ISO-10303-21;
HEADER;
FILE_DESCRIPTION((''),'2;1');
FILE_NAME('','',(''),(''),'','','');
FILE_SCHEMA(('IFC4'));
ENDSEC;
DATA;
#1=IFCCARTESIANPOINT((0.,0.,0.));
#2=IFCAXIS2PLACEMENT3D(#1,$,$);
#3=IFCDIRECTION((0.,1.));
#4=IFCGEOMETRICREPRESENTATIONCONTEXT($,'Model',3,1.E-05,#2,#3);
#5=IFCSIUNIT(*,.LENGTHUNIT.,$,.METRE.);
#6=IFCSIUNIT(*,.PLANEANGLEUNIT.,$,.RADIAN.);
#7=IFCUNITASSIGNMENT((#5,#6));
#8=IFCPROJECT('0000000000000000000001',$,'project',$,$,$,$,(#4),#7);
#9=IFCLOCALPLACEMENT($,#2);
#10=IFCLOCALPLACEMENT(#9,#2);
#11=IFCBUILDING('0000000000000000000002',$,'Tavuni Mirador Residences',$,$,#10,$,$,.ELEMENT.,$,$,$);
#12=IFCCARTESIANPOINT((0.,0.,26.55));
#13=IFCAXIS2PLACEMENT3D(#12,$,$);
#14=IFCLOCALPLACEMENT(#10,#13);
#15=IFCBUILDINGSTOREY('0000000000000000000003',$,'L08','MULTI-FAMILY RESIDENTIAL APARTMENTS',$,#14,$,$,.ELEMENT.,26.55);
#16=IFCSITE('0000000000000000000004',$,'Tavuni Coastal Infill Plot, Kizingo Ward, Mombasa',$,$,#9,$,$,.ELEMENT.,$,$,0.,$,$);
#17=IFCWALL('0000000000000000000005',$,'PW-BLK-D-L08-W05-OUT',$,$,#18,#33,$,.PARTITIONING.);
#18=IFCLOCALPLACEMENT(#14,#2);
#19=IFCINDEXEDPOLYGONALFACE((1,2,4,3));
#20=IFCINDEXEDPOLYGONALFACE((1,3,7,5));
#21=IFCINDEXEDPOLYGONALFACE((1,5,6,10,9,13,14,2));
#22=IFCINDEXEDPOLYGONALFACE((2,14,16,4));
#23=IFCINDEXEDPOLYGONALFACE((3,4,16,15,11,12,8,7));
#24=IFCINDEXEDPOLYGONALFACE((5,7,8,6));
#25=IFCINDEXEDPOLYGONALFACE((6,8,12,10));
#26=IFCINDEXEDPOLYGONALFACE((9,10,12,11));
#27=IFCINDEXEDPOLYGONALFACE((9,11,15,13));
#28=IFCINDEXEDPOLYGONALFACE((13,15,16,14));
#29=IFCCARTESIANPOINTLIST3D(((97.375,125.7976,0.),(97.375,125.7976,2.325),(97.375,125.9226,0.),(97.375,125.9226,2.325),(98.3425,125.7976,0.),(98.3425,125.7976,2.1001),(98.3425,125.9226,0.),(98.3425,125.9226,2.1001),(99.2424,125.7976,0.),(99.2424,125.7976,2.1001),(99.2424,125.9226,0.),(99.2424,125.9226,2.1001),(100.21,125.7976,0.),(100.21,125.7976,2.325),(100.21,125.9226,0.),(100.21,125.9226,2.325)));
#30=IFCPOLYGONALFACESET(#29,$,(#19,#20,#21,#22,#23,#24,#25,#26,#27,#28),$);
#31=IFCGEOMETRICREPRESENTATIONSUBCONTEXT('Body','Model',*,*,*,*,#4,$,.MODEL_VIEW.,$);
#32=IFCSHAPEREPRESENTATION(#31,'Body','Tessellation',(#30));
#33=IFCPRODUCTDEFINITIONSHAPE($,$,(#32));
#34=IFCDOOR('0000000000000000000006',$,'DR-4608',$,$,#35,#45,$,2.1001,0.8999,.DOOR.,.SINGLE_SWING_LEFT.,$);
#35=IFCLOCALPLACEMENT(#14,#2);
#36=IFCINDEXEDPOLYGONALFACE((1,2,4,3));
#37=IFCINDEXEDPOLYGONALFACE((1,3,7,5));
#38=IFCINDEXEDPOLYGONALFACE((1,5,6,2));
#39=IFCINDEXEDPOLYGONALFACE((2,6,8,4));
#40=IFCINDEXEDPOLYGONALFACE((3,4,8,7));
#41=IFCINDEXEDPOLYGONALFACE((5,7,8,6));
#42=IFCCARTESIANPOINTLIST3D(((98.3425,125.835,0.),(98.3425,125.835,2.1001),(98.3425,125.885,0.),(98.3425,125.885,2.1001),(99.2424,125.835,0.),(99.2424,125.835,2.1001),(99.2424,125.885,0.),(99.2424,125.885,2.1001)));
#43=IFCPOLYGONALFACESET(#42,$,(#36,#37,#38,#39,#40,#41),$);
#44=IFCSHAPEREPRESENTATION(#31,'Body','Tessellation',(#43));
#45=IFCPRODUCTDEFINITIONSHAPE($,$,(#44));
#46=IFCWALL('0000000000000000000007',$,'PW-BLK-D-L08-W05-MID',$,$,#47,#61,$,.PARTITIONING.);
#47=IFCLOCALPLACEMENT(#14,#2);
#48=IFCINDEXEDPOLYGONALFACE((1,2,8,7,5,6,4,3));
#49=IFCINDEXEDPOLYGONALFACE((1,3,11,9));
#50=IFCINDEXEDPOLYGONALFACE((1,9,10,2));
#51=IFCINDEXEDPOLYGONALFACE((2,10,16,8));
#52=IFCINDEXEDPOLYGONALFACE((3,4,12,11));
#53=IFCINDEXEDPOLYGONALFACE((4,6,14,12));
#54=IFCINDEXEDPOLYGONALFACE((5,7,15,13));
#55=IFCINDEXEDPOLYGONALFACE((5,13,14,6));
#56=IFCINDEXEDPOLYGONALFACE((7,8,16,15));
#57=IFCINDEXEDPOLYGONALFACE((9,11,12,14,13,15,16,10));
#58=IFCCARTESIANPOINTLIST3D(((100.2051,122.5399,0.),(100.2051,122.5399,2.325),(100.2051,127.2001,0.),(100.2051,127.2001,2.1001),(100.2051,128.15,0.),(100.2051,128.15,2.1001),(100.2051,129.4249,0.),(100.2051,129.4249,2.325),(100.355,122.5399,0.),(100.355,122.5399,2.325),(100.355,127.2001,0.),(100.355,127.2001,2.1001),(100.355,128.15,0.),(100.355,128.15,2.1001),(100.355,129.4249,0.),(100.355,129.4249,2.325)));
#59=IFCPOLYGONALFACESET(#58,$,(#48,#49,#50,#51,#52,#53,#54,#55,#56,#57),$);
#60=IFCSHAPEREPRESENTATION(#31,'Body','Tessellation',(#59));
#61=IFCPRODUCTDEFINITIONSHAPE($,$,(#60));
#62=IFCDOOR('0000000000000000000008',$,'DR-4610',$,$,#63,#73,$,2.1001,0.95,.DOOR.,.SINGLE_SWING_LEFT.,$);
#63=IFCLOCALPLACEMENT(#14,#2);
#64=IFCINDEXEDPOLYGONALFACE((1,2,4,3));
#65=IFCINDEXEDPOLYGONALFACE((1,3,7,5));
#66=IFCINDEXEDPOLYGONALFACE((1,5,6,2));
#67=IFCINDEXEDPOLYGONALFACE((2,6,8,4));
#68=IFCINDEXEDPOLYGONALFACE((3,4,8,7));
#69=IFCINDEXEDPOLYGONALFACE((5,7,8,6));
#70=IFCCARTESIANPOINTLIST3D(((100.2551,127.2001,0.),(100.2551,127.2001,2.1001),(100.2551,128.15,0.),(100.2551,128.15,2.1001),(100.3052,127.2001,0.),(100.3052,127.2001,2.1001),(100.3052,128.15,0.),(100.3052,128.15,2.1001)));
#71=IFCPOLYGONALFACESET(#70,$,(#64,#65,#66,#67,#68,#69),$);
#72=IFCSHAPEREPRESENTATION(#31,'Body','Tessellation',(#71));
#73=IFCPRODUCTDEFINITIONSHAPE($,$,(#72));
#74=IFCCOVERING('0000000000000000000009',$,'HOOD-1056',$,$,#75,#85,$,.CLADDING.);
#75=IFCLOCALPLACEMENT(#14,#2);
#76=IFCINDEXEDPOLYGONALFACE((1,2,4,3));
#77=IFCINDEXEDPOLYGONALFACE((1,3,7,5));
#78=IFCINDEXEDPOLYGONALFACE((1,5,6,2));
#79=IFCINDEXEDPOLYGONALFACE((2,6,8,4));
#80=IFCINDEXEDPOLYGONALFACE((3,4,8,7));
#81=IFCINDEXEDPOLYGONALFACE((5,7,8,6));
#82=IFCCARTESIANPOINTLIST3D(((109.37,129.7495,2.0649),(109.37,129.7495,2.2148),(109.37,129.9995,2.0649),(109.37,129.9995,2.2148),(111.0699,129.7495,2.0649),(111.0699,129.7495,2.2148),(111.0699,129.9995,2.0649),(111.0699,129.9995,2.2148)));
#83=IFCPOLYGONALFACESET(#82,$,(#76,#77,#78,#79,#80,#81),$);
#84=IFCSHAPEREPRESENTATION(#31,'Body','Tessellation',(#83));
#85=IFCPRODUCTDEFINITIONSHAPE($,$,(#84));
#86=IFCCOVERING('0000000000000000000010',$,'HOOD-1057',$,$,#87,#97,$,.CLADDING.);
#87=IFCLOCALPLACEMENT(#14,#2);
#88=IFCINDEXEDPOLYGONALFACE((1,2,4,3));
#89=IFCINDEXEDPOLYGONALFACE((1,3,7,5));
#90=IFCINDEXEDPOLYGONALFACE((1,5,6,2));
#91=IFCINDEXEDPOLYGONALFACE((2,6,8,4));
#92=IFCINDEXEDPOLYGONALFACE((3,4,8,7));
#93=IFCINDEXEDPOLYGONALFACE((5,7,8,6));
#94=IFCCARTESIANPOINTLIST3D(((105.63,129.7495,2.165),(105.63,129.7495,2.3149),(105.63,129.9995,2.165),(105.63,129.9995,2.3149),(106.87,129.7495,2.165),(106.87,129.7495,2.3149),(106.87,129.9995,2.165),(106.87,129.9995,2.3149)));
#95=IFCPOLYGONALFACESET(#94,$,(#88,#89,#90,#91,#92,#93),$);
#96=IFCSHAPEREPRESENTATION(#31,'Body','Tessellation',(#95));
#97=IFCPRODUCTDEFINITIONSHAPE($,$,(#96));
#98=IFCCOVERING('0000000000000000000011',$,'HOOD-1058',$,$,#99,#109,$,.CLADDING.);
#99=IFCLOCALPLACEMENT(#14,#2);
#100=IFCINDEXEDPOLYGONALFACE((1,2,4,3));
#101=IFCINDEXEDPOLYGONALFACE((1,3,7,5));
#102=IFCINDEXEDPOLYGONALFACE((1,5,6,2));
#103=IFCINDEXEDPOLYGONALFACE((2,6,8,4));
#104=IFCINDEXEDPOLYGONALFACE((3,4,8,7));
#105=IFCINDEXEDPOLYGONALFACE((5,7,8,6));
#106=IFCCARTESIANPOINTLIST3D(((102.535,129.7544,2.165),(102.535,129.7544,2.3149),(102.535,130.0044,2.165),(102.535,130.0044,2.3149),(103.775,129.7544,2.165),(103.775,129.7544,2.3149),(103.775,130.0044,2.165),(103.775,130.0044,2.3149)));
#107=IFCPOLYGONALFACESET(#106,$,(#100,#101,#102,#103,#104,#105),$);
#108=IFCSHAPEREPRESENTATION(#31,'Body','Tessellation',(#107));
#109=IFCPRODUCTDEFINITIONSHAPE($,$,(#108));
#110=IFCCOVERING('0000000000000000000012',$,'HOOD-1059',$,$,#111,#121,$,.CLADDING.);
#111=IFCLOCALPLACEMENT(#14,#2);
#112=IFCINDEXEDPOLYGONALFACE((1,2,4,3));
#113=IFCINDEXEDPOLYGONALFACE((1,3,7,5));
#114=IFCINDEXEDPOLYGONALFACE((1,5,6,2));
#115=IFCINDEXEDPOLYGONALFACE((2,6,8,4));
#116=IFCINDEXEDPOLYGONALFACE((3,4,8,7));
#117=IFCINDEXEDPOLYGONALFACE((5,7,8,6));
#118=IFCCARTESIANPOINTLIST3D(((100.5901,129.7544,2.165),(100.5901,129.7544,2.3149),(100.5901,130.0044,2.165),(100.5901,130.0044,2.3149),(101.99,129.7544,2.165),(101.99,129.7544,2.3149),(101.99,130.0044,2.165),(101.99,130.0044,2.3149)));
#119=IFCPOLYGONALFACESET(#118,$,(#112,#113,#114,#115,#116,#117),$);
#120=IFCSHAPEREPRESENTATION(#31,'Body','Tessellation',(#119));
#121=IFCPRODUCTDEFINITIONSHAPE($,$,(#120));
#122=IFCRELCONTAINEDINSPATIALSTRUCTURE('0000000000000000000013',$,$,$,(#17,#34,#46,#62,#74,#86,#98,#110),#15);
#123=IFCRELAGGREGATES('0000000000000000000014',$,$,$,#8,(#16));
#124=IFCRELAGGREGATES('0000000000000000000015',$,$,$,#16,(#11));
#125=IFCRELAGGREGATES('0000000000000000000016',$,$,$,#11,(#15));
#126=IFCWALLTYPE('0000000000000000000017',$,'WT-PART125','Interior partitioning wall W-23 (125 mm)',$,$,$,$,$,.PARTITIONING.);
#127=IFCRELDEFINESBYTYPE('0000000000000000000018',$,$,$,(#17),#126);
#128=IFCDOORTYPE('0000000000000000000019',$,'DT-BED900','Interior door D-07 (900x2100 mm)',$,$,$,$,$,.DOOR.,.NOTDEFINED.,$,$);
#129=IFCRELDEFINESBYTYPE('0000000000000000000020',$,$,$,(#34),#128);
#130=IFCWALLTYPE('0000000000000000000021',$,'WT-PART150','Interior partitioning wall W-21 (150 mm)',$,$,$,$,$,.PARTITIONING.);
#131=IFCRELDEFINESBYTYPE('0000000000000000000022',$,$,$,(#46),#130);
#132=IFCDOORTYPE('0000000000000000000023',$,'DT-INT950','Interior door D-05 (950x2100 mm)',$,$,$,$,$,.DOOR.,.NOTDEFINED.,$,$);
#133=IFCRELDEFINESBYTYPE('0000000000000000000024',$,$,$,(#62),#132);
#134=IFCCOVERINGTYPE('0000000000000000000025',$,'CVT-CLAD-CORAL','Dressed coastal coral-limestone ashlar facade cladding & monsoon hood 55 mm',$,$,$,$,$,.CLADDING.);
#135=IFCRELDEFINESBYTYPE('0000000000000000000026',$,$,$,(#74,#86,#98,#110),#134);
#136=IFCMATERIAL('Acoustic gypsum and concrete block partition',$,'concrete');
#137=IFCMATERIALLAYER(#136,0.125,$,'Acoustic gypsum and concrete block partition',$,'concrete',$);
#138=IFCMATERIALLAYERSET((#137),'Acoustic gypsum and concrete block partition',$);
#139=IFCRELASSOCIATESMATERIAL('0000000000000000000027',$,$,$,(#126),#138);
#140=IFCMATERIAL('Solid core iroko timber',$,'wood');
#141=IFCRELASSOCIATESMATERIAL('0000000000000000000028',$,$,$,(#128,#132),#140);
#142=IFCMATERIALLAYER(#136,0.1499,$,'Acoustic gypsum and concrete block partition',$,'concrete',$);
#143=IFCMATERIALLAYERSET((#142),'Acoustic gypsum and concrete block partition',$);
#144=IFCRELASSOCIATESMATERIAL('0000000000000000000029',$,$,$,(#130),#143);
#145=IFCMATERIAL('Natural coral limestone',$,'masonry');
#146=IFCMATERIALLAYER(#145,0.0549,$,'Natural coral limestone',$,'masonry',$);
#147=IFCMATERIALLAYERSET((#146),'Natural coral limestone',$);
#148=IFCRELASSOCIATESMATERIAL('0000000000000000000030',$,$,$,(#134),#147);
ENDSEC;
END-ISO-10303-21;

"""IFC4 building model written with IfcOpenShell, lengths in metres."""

from ifc_helpers import new_model, si_unit, direction, frame, frame_2d, origin, origin_2d, place, context, subcontext, project, spatial, rectangle, extrude, material, layer, layer_set, type_object, element, fill, save


model = new_model("IFC4")

# Units and contexts
model_context = context("Model", 3, precision=1e-05, world=origin(), true_north=direction((0.0, 1.0)))
body_context = subcontext(model_context, "Body", "Model", "MODEL_VIEW")
ifc_project = project(units=[si_unit("LENGTHUNIT", "METRE"), si_unit("PLANEANGLEUNIT", "RADIAN")], contexts=[model_context])

# Site, building, storey
site_placement = place(None, origin())
site = spatial("IfcSite", under=ifc_project, at=site_placement, Name="Tavuni Coastal Infill Plot, Kizingo Ward, Mombasa", CompositionType="ELEMENT", RefElevation=0.0)
building_placement = place(site_placement, origin())
building = spatial("IfcBuilding", under=site, at=building_placement, Name="Tavuni Mirador Residences", CompositionType="ELEMENT")
storey_placement = place(building_placement, frame((0.0, 0.0, 26.55)))
storey = spatial("IfcBuildingStorey", under=building, at=storey_placement, Name="L08", Description="MULTI-FAMILY RESIDENTIAL APARTMENTS", CompositionType="ELEMENT", Elevation=26.55)

# Shared definitions
ifc_material_1 = material(Name="Solid core iroko timber", Category="wood")

# Walls, openings, doors
ifc_material_2 = material(Name="Acoustic gypsum and concrete block partition", Category="concrete")
ifc_layer_1 = layer(ifc_material_2, 0.125, Name="Acoustic gypsum and concrete block partition", Category="concrete")
ifc_layer_set_1 = layer_set([ifc_layer_1], Name="Acoustic gypsum and concrete block partition")
wall_type_1 = type_object("IfcWallType", Name="WT-PART125", Description="Interior partitioning wall W-23 (125 mm)", PredefinedType="PARTITIONING", material=ifc_layer_set_1)
wall_1_placement = place(storey_placement, frame((97.375, 125.8601, 0.0), z_axis=(0.0, 0.0, 1.0), x_axis=(1.0, 0.0, 0.0)))
wall_1 = element("IfcWall", 1, at=wall_1_placement, inside=storey, type_object=wall_type_1, Name="PW-BLK-D-L08-W05-OUT", PredefinedType="PARTITIONING", context=body_context, shape_type="SweptSolid", body=[
    extrude(rectangle(XDim=2.835, YDim=0.125, at=frame_2d((1.4175, 0.0))), origin(), (0.0, 0.0, 1.0), 2.325),
])
opening_1_placement = place(wall_1_placement, frame((0.9675, 0.0, 0.0)))
opening_1 = element("IfcOpeningElement", 2, at=opening_1_placement, cuts=wall_1, PredefinedType="OPENING", context=body_context, shape_type="SweptSolid", body=[
    extrude(rectangle(XDim=0.8999, YDim=2.1001, at=frame_2d((0.45, 1.05))), frame((0.0, 0.0725, 0.0), z_axis=(0.0, -1.0, 0.0), x_axis=(1.0, 0.0, 0.0)), (0.0, 0.0, 1.0), 0.145),
])
door_type_1 = type_object("IfcDoorType", Name="DT-BED900", Description="Interior door D-07 (900x2100 mm)", OperationType="NOTDEFINED", PredefinedType="DOOR", material=ifc_material_1)
door_1_placement = place(opening_1_placement, origin())
door_1 = element("IfcDoor", 3, at=door_1_placement, inside=storey, type_object=door_type_1, Name="DR-4608", OperationType="SINGLE_SWING_LEFT", OverallHeight=2.1001, OverallWidth=0.8999, PredefinedType="DOOR", context=body_context, shape_type="SweptSolid", body=[
    extrude(rectangle(XDim=0.8999, YDim=2.1001, at=frame_2d((0.45, 1.05))), frame((0.0, 0.0249, 0.0), z_axis=(0.0, -1.0, 0.0), x_axis=(1.0, 0.0, 0.0)), (0.0, 0.0, 1.0), 0.05),
])
fill(opening_1, door_1)
ifc_layer_2 = layer(ifc_material_2, 0.1499, Name="Acoustic gypsum and concrete block partition", Category="concrete")
ifc_layer_set_2 = layer_set([ifc_layer_2], Name="Acoustic gypsum and concrete block partition")
wall_type_2 = type_object("IfcWallType", Name="WT-PART150", Description="Interior partitioning wall W-21 (150 mm)", PredefinedType="PARTITIONING", material=ifc_layer_set_2)
wall_2_placement = place(storey_placement, frame((100.28, 122.54, 0.0), z_axis=(0.0, 0.0, 1.0), x_axis=(0.0, 1.0, 0.0)))
wall_2 = element("IfcWall", 4, at=wall_2_placement, inside=storey, type_object=wall_type_2, Name="PW-BLK-D-L08-W05-MID", PredefinedType="PARTITIONING", context=body_context, shape_type="SweptSolid", body=[
    extrude(rectangle(XDim=6.885, YDim=0.1499, at=frame_2d((3.4424, 0.0))), origin(), (0.0, 0.0, 1.0), 2.325),
])
opening_2_placement = place(wall_2_placement, frame((4.6599, 0.0, 0.0)))
opening_2 = element("IfcOpeningElement", 5, at=opening_2_placement, cuts=wall_2, PredefinedType="OPENING", context=body_context, shape_type="SweptSolid", body=[
    extrude(rectangle(XDim=0.95, YDim=2.1001, at=frame_2d((0.4751, 1.05))), frame((0.0, 0.085, 0.0), z_axis=(0.0, -1.0, 0.0), x_axis=(1.0, 0.0, 0.0)), (0.0, 0.0, 1.0), 0.1699),
])
door_type_2 = type_object("IfcDoorType", Name="DT-INT950", Description="Interior door D-05 (950x2100 mm)", OperationType="NOTDEFINED", PredefinedType="DOOR", material=ifc_material_1)
door_2_placement = place(opening_2_placement, origin())
door_2 = element("IfcDoor", 6, at=door_2_placement, inside=storey, type_object=door_type_2, Name="DR-4610", OperationType="SINGLE_SWING_LEFT", OverallHeight=2.1001, OverallWidth=0.95, PredefinedType="DOOR", context=body_context, shape_type="SweptSolid", body=[
    extrude(rectangle(XDim=0.95, YDim=2.1001, at=frame_2d((0.4751, 1.05))), frame((0.0, 0.0249, 0.0), z_axis=(0.0, -1.0, 0.0), x_axis=(1.0, 0.0, 0.0)), (0.0, 0.0, 1.0), 0.05),
])
fill(opening_2, door_2)

# Coverings
ifc_material_3 = material(Name="Natural coral limestone", Category="masonry")
ifc_layer_3 = layer(ifc_material_3, 0.0549, Name="Natural coral limestone", Category="masonry")
ifc_layer_set_3 = layer_set([ifc_layer_3], Name="Natural coral limestone")
covering_type = type_object("IfcCoveringType", Name="CVT-CLAD-CORAL", Description="Dressed coastal coral-limestone ashlar facade cladding & monsoon hood 55 mm", PredefinedType="CLADDING", material=ifc_layer_set_3)
covering_1_placement = place(storey_placement, frame((110.22, 129.8745, 2.0649), z_axis=(0.0, 0.0, 1.0), x_axis=(-1.0, 0.0, 0.0)))
element("IfcCovering", 7, at=covering_1_placement, inside=storey, type_object=covering_type, Name="HOOD-1056", PredefinedType="CLADDING", context=body_context, shape_type="SweptSolid", body=[
    extrude(rectangle(XDim=1.7, YDim=0.25, at=origin_2d()), origin(), (0.0, 0.0, 1.0), 0.1499),
])
for number, where, z_axis, x_axis, name in (
    (8, (106.25, 129.8745, 2.165), (0.0, 0.0, 1.0), (-1.0, 0.0, 0.0), "HOOD-1057"),
    (9, (103.155, 129.8794, 2.165), (0.0, 0.0, 1.0), (-1.0, 0.0, 0.0), "HOOD-1058"),
):
    element("IfcCovering", number, at=place(storey_placement, frame(where, z_axis=z_axis, x_axis=x_axis)), inside=storey, type_object=covering_type, Name=name, PredefinedType="CLADDING", context=body_context, shape_type="SweptSolid", body=[
        extrude(rectangle(XDim=1.24, YDim=0.25, at=origin_2d()), origin(), (0.0, 0.0, 1.0), 0.1499),
    ])
covering_2_placement = place(storey_placement, frame((101.29, 129.8794, 2.165), z_axis=(0.0, 0.0, 1.0), x_axis=(-1.0, 0.0, 0.0)))
element("IfcCovering", 10, at=covering_2_placement, inside=storey, type_object=covering_type, Name="HOOD-1059", PredefinedType="CLADDING", context=body_context, shape_type="SweptSolid", body=[
    extrude(rectangle(XDim=1.3999, YDim=0.25, at=origin_2d()), origin(), (0.0, 0.0, 1.0), 0.1499),
])

save(model, "model.ifc")
